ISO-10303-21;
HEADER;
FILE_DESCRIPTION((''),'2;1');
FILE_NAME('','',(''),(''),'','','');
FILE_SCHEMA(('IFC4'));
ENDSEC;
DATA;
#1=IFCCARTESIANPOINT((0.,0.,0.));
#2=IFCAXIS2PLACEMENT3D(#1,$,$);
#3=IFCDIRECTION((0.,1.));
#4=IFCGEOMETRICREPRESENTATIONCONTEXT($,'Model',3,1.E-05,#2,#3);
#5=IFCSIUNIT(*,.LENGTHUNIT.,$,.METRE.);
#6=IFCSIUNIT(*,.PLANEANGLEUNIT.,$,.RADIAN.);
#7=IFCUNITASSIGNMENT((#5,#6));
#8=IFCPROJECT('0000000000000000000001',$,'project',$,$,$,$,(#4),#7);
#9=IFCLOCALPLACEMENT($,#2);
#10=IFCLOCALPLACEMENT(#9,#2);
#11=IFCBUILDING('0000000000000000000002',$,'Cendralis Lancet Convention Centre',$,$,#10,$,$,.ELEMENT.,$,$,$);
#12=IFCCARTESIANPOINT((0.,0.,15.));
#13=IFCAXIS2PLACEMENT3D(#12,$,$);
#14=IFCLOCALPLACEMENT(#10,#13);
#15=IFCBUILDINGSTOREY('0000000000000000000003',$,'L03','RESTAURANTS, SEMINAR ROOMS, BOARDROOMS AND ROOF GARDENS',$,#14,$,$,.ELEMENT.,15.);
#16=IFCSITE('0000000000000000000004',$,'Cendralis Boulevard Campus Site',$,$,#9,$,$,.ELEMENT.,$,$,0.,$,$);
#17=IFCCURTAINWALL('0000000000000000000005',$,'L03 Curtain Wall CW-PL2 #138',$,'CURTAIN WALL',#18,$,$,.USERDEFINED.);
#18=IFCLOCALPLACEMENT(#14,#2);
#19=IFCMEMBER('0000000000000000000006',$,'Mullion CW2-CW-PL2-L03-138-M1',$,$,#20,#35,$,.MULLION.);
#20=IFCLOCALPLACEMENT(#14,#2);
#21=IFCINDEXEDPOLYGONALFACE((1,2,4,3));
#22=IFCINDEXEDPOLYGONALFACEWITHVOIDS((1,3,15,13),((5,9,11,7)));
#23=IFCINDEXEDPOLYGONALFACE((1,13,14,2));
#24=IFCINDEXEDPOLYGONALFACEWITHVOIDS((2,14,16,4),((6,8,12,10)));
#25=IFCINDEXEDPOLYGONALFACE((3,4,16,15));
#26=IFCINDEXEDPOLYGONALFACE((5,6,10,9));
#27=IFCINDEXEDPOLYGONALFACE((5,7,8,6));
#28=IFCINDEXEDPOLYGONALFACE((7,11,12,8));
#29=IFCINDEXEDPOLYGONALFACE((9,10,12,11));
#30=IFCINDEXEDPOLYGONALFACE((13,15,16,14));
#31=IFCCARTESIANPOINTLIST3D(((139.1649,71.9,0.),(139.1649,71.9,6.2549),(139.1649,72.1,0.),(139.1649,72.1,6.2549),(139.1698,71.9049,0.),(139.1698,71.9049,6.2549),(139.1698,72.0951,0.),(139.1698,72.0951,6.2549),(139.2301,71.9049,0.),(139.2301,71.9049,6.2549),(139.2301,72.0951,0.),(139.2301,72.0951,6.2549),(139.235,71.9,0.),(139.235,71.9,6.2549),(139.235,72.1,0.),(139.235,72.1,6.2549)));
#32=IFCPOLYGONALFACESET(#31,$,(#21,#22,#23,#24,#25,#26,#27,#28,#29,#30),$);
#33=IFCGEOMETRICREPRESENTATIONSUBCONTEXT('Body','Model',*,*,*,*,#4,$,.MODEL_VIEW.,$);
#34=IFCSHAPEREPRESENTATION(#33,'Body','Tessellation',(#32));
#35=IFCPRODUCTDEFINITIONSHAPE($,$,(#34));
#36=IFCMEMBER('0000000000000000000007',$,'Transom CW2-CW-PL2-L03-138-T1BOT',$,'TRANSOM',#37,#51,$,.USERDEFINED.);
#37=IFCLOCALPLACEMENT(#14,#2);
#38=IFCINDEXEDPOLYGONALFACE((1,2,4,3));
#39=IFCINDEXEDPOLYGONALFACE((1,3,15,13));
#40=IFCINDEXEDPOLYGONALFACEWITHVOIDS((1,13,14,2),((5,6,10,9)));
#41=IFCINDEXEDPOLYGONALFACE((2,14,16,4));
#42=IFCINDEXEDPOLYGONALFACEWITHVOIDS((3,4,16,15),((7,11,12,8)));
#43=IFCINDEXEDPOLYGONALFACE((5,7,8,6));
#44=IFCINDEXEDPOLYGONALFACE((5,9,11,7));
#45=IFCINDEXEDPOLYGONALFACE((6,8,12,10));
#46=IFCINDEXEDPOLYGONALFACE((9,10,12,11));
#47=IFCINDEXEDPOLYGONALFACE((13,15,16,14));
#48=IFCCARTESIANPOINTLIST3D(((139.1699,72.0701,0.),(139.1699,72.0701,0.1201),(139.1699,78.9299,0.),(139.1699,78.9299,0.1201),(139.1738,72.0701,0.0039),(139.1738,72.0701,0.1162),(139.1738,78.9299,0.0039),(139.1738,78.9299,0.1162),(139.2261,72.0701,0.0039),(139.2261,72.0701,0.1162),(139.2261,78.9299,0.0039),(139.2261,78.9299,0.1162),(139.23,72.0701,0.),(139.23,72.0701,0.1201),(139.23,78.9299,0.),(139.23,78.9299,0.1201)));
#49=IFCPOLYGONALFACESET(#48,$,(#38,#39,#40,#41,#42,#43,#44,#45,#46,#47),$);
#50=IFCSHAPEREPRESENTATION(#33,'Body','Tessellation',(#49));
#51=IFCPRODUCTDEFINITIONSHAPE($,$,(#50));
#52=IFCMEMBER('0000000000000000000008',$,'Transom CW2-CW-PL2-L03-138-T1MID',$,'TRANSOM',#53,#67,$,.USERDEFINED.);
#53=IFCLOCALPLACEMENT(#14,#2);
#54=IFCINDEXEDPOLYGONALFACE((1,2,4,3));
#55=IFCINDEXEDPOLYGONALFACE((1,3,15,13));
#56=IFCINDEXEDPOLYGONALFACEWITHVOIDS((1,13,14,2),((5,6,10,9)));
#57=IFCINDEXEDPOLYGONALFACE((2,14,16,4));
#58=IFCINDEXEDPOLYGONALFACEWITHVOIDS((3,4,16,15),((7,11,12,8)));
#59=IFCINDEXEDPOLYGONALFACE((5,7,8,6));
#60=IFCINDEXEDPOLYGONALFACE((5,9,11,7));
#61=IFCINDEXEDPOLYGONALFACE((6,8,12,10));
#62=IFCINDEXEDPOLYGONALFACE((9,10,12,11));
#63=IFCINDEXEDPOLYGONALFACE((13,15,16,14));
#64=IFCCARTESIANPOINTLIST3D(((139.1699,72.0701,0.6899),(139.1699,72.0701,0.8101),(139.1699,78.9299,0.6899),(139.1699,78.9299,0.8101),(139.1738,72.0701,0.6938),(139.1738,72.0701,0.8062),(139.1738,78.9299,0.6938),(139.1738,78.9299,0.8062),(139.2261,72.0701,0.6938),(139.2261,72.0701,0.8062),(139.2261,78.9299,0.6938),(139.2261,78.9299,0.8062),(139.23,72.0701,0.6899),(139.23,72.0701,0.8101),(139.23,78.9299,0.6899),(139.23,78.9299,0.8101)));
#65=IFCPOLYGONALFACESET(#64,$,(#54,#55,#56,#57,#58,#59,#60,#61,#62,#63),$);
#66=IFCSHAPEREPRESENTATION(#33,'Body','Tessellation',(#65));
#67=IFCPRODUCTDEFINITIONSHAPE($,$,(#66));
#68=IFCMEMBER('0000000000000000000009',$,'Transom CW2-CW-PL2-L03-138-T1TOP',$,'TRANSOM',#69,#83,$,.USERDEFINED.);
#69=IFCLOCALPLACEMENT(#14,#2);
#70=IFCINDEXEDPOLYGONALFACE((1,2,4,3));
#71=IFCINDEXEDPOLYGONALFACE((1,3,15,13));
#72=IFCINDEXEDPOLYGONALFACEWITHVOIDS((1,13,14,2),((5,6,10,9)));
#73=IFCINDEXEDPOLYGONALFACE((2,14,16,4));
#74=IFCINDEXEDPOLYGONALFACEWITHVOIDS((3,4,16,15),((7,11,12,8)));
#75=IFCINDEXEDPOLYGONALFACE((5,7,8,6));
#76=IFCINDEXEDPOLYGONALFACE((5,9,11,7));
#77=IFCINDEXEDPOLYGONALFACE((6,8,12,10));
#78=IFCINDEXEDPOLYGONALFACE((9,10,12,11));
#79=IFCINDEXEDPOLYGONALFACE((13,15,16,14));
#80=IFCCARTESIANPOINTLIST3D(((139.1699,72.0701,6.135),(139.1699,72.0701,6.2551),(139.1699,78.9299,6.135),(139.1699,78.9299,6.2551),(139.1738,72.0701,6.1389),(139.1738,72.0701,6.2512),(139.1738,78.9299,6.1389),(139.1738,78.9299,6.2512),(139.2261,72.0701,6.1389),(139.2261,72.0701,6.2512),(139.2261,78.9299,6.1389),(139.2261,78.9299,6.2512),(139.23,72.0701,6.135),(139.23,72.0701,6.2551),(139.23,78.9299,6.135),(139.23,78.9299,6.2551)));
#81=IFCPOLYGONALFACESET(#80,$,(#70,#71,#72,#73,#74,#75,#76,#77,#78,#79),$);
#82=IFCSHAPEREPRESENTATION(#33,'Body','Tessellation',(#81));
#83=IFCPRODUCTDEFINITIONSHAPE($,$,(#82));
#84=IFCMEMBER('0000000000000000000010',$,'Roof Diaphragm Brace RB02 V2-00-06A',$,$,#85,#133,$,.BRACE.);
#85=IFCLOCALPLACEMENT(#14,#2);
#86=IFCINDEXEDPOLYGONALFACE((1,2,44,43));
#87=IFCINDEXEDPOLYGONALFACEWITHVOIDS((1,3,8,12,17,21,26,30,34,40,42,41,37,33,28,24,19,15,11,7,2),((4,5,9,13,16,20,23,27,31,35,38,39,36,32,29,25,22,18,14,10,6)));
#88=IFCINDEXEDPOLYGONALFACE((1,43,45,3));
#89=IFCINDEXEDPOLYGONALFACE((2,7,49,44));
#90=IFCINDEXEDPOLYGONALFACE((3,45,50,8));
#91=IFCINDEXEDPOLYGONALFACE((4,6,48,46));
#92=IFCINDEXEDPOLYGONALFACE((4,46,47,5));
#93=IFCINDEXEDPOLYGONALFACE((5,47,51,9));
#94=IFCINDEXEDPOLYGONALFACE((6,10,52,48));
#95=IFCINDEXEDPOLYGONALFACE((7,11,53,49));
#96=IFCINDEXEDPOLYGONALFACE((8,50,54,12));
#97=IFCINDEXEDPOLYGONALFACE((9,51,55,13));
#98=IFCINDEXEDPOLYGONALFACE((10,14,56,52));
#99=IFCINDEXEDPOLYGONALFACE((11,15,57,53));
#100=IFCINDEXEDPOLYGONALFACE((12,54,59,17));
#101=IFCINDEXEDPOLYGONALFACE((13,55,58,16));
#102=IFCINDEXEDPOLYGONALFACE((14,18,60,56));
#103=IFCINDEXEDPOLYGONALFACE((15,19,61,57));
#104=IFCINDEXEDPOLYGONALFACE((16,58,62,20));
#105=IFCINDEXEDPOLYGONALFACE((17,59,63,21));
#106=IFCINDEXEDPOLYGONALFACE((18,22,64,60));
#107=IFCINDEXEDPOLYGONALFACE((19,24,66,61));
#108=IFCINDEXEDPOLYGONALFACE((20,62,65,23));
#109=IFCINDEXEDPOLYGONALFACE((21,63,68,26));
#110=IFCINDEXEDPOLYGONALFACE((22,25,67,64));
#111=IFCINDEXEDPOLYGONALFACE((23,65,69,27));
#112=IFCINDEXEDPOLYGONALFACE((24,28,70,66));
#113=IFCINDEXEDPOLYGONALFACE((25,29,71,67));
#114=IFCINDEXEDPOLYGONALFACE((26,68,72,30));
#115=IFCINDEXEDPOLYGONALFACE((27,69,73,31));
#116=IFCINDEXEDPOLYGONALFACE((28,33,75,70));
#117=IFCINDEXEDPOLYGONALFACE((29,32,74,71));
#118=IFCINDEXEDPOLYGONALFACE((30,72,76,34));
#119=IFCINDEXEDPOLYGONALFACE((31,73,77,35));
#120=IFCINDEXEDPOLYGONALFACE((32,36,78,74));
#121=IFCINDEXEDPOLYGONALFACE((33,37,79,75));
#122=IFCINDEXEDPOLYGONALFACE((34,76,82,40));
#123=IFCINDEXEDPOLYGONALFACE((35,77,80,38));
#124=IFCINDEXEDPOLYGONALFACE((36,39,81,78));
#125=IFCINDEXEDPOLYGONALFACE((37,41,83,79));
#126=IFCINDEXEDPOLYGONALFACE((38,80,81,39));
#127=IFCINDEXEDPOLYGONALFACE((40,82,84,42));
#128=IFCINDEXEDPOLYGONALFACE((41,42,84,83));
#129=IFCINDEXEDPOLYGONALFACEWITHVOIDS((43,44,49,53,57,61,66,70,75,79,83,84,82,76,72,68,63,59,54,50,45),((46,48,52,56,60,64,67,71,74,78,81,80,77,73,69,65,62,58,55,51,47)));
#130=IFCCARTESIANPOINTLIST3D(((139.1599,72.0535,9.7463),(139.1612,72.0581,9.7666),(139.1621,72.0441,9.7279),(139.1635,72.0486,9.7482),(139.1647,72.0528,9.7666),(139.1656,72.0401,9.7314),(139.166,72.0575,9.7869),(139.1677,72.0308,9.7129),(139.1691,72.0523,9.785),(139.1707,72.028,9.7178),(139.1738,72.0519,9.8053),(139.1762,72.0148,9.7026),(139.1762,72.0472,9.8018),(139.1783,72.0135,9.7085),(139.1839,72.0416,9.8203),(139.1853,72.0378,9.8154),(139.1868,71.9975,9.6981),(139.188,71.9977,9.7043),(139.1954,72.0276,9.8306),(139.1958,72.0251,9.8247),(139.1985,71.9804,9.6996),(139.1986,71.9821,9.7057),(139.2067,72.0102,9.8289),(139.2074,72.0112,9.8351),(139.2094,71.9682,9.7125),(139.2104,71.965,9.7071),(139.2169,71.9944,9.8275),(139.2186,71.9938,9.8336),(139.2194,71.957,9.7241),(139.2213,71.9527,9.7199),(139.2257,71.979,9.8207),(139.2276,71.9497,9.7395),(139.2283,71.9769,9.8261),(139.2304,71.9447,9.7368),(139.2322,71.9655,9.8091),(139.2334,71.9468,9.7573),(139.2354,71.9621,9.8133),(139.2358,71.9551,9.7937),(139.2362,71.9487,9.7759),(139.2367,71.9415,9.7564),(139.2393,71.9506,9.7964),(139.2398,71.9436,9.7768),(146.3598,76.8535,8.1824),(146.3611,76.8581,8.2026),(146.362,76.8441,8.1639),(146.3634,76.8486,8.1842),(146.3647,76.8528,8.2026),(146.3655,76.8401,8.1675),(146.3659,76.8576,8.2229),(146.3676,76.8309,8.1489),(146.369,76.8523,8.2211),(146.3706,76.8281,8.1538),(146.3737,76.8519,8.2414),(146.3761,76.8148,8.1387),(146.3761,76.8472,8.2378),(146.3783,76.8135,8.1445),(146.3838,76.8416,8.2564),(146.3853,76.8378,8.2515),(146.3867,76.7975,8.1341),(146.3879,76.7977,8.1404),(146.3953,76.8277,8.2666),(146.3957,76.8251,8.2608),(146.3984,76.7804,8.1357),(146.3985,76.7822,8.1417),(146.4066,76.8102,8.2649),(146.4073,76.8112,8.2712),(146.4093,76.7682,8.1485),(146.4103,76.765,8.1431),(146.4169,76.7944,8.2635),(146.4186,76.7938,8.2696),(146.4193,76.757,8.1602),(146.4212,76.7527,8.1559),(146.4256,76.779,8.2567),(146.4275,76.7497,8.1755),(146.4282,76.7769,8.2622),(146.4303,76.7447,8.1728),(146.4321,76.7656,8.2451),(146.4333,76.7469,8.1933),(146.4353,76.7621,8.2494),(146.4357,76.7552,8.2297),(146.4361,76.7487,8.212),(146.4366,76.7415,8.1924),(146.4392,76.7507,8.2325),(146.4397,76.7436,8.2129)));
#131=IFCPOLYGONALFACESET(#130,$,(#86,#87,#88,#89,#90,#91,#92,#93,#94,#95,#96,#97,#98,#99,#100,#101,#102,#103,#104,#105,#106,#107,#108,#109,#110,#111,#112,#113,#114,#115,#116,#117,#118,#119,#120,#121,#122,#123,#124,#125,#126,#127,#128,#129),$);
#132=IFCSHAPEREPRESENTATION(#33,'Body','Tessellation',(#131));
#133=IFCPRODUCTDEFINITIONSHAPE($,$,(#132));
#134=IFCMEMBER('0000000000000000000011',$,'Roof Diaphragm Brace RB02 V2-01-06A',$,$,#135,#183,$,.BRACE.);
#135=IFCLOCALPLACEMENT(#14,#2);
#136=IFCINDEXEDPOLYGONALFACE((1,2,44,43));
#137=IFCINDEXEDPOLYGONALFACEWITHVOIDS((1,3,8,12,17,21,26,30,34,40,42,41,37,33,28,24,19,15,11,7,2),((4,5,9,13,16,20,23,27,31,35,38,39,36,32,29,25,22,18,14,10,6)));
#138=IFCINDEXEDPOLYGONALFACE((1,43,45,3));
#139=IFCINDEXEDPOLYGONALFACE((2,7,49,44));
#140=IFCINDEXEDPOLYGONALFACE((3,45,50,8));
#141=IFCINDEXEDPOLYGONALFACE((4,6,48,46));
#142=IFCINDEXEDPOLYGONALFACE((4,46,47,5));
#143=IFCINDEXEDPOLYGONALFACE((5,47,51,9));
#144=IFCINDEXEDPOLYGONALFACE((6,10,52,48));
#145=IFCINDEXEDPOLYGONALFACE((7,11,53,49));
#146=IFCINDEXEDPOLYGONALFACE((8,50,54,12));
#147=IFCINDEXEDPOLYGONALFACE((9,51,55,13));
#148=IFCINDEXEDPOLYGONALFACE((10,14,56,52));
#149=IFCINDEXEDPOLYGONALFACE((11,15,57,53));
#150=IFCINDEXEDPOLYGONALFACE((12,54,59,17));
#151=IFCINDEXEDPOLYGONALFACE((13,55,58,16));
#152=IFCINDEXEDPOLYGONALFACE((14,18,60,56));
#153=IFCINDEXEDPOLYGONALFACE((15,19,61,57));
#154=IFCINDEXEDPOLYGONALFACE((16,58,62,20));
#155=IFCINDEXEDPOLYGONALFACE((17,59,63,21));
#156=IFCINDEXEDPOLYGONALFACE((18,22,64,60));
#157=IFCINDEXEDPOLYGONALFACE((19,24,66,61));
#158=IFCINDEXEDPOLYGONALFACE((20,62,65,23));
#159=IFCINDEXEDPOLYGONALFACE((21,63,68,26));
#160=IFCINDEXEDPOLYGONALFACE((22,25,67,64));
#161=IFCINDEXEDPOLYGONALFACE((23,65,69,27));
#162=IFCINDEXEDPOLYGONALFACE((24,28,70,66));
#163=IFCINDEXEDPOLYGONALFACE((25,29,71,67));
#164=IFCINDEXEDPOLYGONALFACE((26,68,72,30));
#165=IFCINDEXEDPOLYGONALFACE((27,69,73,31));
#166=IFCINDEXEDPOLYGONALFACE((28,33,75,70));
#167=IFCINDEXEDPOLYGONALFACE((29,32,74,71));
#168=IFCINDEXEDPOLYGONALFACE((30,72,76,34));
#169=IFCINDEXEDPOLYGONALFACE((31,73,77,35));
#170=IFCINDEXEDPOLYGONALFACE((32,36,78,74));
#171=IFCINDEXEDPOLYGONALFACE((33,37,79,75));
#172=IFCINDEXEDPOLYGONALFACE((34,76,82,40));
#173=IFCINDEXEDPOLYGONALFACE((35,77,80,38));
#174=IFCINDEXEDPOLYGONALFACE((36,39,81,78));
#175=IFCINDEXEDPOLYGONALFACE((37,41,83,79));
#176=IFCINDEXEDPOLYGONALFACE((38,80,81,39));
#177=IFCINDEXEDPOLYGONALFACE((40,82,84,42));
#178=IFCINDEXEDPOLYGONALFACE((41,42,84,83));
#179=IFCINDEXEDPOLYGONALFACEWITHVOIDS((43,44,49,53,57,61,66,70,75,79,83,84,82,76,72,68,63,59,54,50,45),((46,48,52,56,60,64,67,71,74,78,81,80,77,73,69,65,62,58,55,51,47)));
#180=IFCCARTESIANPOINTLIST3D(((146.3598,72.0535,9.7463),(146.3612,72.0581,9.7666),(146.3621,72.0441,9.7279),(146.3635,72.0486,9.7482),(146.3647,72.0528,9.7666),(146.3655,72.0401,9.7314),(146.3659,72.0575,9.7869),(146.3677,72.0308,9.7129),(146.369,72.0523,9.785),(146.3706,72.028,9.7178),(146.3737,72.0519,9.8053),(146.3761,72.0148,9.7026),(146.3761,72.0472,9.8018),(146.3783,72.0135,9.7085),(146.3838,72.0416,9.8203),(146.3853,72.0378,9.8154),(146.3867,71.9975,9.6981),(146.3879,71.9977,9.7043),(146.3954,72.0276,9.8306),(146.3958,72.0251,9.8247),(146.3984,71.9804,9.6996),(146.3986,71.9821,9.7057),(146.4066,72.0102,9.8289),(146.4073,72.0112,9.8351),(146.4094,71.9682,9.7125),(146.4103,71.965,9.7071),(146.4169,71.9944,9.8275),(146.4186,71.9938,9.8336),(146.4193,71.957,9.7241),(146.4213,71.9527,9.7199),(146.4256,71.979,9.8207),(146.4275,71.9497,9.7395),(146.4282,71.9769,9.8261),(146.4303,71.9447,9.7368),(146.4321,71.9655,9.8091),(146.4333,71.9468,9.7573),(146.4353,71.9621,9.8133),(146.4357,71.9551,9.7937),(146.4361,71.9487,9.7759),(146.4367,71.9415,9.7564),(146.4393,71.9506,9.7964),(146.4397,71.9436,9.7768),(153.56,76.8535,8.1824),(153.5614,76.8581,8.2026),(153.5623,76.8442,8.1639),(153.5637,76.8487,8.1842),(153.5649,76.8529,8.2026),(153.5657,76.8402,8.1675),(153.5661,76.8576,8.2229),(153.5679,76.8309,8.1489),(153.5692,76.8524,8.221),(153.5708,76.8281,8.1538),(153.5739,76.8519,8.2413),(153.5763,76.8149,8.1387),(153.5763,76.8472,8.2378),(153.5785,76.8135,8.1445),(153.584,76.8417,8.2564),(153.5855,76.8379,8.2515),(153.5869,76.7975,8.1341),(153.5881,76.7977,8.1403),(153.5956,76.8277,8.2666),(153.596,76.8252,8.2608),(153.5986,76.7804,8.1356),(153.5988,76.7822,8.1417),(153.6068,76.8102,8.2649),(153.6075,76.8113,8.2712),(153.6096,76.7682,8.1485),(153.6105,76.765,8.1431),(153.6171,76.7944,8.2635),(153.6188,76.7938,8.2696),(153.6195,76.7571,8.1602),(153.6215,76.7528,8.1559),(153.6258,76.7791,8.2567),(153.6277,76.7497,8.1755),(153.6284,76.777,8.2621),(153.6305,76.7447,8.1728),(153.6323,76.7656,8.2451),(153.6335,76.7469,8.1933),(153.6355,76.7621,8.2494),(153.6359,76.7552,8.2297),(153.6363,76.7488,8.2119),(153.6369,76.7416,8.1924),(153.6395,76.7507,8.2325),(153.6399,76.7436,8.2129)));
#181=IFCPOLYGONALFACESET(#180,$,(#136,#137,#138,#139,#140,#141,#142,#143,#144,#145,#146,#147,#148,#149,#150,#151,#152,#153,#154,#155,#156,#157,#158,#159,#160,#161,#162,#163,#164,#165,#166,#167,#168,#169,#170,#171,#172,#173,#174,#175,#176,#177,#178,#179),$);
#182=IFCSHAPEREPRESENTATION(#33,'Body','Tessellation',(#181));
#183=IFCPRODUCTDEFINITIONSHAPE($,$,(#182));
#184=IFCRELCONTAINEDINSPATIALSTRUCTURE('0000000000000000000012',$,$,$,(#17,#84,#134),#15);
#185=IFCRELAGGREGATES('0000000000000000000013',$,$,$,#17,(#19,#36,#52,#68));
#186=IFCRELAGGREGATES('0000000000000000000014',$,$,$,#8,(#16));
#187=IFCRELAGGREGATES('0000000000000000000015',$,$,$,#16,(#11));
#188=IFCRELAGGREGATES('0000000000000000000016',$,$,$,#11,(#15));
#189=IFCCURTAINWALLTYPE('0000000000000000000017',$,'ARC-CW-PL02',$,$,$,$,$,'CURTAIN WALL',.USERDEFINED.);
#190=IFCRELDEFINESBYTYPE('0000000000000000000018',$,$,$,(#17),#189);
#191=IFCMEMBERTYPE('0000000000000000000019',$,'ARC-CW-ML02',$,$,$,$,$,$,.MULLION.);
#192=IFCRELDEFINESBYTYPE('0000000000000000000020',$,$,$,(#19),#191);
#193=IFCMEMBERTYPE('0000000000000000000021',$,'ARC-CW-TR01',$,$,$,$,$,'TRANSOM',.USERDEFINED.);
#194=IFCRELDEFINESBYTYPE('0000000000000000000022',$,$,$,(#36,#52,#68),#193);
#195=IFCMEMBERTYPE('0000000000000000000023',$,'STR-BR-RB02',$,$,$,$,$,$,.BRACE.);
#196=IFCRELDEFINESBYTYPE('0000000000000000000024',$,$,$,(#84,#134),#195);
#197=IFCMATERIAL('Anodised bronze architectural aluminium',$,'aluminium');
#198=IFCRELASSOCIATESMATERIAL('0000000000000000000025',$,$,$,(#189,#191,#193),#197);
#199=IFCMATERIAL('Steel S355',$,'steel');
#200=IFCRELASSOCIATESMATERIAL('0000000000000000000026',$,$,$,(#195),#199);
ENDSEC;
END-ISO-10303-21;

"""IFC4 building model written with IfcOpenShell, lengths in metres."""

from ifc_helpers import new_model, si_unit, direction, frame, origin, origin_2d, place, context, subcontext, project, spatial, hollow_rectangle, hollow_circle, extrude, material, material_profile, profile_set, type_object, element, aggregate, save


model = new_model("IFC4")

# Units and contexts
model_context = context("Model", 3, precision=1e-05, world=origin(), true_north=direction((0.0, 1.0)))
body_context = subcontext(model_context, "Body", "Model", "MODEL_VIEW")
ifc_project = project(units=[si_unit("LENGTHUNIT", "METRE"), si_unit("PLANEANGLEUNIT", "RADIAN")], contexts=[model_context])

# Site, building, storey
site_placement = place(None, origin())
site = spatial("IfcSite", under=ifc_project, at=site_placement, Name="Cendralis Boulevard Campus Site", CompositionType="ELEMENT", RefElevation=0.0)
building_placement = place(site_placement, origin())
building = spatial("IfcBuilding", under=site, at=building_placement, Name="Cendralis Lancet Convention Centre", CompositionType="ELEMENT")
storey_placement = place(building_placement, frame((0.0, 0.0, 15.0)))
storey = spatial("IfcBuildingStorey", under=building, at=storey_placement, Name="L03", Description="RESTAURANTS, SEMINAR ROOMS, BOARDROOMS AND ROOF GARDENS", CompositionType="ELEMENT", Elevation=15.0)

# Curtain wall, members
ifc_material_1 = material(Name="Anodised bronze architectural aluminium", Category="aluminium")
curtain_wall_type = type_object("IfcCurtainWallType", Name="ARC-CW-PL02", ElementType="CURTAIN WALL", PredefinedType="USERDEFINED", material=ifc_material_1)
curtain_wall_placement = place(storey_placement, origin())
curtain_wall = element("IfcCurtainWall", 1, at=curtain_wall_placement, inside=storey, type_object=curtain_wall_type, Name="L03 Curtain Wall CW-PL2 #138", ObjectType="CURTAIN WALL", PredefinedType="USERDEFINED")
ifc_material_profile_1 = material_profile(ifc_material_1, hollow_rectangle(XDim=0.0701, YDim=0.2, WallThickness=0.0049, at=origin_2d()), Name="AL-MULL 70x200x5.0")
ifc_profile_set_1 = profile_set([ifc_material_profile_1], Name="Anodised bronze architectural aluminium")
member_type_1 = type_object("IfcMemberType", Name="ARC-CW-ML02", PredefinedType="MULLION", material=ifc_profile_set_1)
member_1_placement = place(storey_placement, frame((139.2, 72.0, 0.0), z_axis=(0.0, 0.0, 1.0), x_axis=(1.0, 0.0, 0.0)))
member_1 = element("IfcMember", 2, at=member_1_placement, type_object=member_type_1, Name="Mullion CW2-CW-PL2-L03-138-M1", PredefinedType="MULLION", context=body_context, shape_type="SweptSolid", body=[
    extrude(hollow_rectangle(XDim=0.0701, YDim=0.2, WallThickness=0.0049, at=origin_2d()), origin(), (0.0, 0.0, 1.0), 6.2549),
])
ifc_material_profile_2 = material_profile(ifc_material_1, hollow_rectangle(XDim=0.0601, YDim=0.1201, WallThickness=0.0039, at=origin_2d()), Name="AL-TRAN 60x120x4.0")
ifc_profile_set_2 = profile_set([ifc_material_profile_2], Name="Anodised bronze architectural aluminium")
member_type_2 = type_object("IfcMemberType", Name="ARC-CW-TR01", ElementType="TRANSOM", PredefinedType="USERDEFINED", material=ifc_profile_set_2)
member_2_placement = place(storey_placement, frame((139.2, 72.0701, 0.0601), z_axis=(0.0, 1.0, 0.0), x_axis=(-1.0, 0.0, 0.0)))
member_2 = element("IfcMember", 3, at=member_2_placement, type_object=member_type_2, Name="Transom CW2-CW-PL2-L03-138-T1BOT", ObjectType="TRANSOM", PredefinedType="USERDEFINED", context=body_context, shape_type="SweptSolid", body=[
    extrude(hollow_rectangle(XDim=0.0601, YDim=0.1201, WallThickness=0.0039, at=origin_2d()), origin(), (0.0, 0.0, 1.0), 6.8599),
])
member_3_placement = place(storey_placement, frame((139.2, 72.0701, 0.75), z_axis=(0.0, 1.0, 0.0), x_axis=(-1.0, 0.0, 0.0)))
member_3 = element("IfcMember", 4, at=member_3_placement, type_object=member_type_2, Name="Transom CW2-CW-PL2-L03-138-T1MID", ObjectType="TRANSOM", PredefinedType="USERDEFINED", context=body_context, shape_type="SweptSolid", body=[
    extrude(hollow_rectangle(XDim=0.0601, YDim=0.1201, WallThickness=0.0039, at=origin_2d()), origin(), (0.0, 0.0, 1.0), 6.8599),
])
member_4_placement = place(storey_placement, frame((139.2, 72.0701, 6.1951), z_axis=(0.0, 1.0, 0.0), x_axis=(-1.0, 0.0, 0.0)))
member_4 = element("IfcMember", 5, at=member_4_placement, type_object=member_type_2, Name="Transom CW2-CW-PL2-L03-138-T1TOP", ObjectType="TRANSOM", PredefinedType="USERDEFINED", context=body_context, shape_type="SweptSolid", body=[
    extrude(hollow_rectangle(XDim=0.0601, YDim=0.1201, WallThickness=0.0039, at=origin_2d()), origin(), (0.0, 0.0, 1.0), 6.8599),
])

# Members
ifc_material_2 = material(Name="Steel S355", Category="steel")
ifc_material_profile_3 = material_profile(ifc_material_2, hollow_circle(Radius=0.0698, WallThickness=0.0063, at=origin_2d()), Name="CHS 139.7x6.3")
ifc_profile_set_3 = profile_set([ifc_material_profile_3], Name="Steel S355")
member_type_3 = type_object("IfcMemberType", Name="STR-BR-RB02", PredefinedType="BRACE", material=ifc_profile_set_3)
member_5_placement = place(storey_placement, frame((139.2, 72.0, 9.7666), z_axis=(0.81878, 0.545863, -0.177855), x_axis=(-0.554707, 0.832046, 0.0)))
element("IfcMember", 6, at=member_5_placement, inside=storey, type_object=member_type_3, Name="Roof Diaphragm Brace RB02 V2-00-06A", PredefinedType="BRACE", context=body_context, shape_type="SweptSolid", body=[
    extrude(hollow_circle(Radius=0.0698, WallThickness=0.0063, at=origin_2d()), origin(), (0.0, 0.0, 1.0), 8.7935),
])
member_6_placement = place(storey_placement, frame((146.3999, 72.0, 9.7666), z_axis=(0.81879, 0.54585, -0.17785), x_axis=(-0.554694, 0.832055, 0.0)))
element("IfcMember", 7, at=member_6_placement, inside=storey, type_object=member_type_3, Name="Roof Diaphragm Brace RB02 V2-01-06A", PredefinedType="BRACE", context=body_context, shape_type="SweptSolid", body=[
    extrude(hollow_circle(Radius=0.0698, WallThickness=0.0063, at=origin_2d()), origin(), (0.0, 0.0, 1.0), 8.7937),
])

aggregate(curtain_wall, [member_1, member_2, member_3, member_4])

save(model, "model.ifc")
